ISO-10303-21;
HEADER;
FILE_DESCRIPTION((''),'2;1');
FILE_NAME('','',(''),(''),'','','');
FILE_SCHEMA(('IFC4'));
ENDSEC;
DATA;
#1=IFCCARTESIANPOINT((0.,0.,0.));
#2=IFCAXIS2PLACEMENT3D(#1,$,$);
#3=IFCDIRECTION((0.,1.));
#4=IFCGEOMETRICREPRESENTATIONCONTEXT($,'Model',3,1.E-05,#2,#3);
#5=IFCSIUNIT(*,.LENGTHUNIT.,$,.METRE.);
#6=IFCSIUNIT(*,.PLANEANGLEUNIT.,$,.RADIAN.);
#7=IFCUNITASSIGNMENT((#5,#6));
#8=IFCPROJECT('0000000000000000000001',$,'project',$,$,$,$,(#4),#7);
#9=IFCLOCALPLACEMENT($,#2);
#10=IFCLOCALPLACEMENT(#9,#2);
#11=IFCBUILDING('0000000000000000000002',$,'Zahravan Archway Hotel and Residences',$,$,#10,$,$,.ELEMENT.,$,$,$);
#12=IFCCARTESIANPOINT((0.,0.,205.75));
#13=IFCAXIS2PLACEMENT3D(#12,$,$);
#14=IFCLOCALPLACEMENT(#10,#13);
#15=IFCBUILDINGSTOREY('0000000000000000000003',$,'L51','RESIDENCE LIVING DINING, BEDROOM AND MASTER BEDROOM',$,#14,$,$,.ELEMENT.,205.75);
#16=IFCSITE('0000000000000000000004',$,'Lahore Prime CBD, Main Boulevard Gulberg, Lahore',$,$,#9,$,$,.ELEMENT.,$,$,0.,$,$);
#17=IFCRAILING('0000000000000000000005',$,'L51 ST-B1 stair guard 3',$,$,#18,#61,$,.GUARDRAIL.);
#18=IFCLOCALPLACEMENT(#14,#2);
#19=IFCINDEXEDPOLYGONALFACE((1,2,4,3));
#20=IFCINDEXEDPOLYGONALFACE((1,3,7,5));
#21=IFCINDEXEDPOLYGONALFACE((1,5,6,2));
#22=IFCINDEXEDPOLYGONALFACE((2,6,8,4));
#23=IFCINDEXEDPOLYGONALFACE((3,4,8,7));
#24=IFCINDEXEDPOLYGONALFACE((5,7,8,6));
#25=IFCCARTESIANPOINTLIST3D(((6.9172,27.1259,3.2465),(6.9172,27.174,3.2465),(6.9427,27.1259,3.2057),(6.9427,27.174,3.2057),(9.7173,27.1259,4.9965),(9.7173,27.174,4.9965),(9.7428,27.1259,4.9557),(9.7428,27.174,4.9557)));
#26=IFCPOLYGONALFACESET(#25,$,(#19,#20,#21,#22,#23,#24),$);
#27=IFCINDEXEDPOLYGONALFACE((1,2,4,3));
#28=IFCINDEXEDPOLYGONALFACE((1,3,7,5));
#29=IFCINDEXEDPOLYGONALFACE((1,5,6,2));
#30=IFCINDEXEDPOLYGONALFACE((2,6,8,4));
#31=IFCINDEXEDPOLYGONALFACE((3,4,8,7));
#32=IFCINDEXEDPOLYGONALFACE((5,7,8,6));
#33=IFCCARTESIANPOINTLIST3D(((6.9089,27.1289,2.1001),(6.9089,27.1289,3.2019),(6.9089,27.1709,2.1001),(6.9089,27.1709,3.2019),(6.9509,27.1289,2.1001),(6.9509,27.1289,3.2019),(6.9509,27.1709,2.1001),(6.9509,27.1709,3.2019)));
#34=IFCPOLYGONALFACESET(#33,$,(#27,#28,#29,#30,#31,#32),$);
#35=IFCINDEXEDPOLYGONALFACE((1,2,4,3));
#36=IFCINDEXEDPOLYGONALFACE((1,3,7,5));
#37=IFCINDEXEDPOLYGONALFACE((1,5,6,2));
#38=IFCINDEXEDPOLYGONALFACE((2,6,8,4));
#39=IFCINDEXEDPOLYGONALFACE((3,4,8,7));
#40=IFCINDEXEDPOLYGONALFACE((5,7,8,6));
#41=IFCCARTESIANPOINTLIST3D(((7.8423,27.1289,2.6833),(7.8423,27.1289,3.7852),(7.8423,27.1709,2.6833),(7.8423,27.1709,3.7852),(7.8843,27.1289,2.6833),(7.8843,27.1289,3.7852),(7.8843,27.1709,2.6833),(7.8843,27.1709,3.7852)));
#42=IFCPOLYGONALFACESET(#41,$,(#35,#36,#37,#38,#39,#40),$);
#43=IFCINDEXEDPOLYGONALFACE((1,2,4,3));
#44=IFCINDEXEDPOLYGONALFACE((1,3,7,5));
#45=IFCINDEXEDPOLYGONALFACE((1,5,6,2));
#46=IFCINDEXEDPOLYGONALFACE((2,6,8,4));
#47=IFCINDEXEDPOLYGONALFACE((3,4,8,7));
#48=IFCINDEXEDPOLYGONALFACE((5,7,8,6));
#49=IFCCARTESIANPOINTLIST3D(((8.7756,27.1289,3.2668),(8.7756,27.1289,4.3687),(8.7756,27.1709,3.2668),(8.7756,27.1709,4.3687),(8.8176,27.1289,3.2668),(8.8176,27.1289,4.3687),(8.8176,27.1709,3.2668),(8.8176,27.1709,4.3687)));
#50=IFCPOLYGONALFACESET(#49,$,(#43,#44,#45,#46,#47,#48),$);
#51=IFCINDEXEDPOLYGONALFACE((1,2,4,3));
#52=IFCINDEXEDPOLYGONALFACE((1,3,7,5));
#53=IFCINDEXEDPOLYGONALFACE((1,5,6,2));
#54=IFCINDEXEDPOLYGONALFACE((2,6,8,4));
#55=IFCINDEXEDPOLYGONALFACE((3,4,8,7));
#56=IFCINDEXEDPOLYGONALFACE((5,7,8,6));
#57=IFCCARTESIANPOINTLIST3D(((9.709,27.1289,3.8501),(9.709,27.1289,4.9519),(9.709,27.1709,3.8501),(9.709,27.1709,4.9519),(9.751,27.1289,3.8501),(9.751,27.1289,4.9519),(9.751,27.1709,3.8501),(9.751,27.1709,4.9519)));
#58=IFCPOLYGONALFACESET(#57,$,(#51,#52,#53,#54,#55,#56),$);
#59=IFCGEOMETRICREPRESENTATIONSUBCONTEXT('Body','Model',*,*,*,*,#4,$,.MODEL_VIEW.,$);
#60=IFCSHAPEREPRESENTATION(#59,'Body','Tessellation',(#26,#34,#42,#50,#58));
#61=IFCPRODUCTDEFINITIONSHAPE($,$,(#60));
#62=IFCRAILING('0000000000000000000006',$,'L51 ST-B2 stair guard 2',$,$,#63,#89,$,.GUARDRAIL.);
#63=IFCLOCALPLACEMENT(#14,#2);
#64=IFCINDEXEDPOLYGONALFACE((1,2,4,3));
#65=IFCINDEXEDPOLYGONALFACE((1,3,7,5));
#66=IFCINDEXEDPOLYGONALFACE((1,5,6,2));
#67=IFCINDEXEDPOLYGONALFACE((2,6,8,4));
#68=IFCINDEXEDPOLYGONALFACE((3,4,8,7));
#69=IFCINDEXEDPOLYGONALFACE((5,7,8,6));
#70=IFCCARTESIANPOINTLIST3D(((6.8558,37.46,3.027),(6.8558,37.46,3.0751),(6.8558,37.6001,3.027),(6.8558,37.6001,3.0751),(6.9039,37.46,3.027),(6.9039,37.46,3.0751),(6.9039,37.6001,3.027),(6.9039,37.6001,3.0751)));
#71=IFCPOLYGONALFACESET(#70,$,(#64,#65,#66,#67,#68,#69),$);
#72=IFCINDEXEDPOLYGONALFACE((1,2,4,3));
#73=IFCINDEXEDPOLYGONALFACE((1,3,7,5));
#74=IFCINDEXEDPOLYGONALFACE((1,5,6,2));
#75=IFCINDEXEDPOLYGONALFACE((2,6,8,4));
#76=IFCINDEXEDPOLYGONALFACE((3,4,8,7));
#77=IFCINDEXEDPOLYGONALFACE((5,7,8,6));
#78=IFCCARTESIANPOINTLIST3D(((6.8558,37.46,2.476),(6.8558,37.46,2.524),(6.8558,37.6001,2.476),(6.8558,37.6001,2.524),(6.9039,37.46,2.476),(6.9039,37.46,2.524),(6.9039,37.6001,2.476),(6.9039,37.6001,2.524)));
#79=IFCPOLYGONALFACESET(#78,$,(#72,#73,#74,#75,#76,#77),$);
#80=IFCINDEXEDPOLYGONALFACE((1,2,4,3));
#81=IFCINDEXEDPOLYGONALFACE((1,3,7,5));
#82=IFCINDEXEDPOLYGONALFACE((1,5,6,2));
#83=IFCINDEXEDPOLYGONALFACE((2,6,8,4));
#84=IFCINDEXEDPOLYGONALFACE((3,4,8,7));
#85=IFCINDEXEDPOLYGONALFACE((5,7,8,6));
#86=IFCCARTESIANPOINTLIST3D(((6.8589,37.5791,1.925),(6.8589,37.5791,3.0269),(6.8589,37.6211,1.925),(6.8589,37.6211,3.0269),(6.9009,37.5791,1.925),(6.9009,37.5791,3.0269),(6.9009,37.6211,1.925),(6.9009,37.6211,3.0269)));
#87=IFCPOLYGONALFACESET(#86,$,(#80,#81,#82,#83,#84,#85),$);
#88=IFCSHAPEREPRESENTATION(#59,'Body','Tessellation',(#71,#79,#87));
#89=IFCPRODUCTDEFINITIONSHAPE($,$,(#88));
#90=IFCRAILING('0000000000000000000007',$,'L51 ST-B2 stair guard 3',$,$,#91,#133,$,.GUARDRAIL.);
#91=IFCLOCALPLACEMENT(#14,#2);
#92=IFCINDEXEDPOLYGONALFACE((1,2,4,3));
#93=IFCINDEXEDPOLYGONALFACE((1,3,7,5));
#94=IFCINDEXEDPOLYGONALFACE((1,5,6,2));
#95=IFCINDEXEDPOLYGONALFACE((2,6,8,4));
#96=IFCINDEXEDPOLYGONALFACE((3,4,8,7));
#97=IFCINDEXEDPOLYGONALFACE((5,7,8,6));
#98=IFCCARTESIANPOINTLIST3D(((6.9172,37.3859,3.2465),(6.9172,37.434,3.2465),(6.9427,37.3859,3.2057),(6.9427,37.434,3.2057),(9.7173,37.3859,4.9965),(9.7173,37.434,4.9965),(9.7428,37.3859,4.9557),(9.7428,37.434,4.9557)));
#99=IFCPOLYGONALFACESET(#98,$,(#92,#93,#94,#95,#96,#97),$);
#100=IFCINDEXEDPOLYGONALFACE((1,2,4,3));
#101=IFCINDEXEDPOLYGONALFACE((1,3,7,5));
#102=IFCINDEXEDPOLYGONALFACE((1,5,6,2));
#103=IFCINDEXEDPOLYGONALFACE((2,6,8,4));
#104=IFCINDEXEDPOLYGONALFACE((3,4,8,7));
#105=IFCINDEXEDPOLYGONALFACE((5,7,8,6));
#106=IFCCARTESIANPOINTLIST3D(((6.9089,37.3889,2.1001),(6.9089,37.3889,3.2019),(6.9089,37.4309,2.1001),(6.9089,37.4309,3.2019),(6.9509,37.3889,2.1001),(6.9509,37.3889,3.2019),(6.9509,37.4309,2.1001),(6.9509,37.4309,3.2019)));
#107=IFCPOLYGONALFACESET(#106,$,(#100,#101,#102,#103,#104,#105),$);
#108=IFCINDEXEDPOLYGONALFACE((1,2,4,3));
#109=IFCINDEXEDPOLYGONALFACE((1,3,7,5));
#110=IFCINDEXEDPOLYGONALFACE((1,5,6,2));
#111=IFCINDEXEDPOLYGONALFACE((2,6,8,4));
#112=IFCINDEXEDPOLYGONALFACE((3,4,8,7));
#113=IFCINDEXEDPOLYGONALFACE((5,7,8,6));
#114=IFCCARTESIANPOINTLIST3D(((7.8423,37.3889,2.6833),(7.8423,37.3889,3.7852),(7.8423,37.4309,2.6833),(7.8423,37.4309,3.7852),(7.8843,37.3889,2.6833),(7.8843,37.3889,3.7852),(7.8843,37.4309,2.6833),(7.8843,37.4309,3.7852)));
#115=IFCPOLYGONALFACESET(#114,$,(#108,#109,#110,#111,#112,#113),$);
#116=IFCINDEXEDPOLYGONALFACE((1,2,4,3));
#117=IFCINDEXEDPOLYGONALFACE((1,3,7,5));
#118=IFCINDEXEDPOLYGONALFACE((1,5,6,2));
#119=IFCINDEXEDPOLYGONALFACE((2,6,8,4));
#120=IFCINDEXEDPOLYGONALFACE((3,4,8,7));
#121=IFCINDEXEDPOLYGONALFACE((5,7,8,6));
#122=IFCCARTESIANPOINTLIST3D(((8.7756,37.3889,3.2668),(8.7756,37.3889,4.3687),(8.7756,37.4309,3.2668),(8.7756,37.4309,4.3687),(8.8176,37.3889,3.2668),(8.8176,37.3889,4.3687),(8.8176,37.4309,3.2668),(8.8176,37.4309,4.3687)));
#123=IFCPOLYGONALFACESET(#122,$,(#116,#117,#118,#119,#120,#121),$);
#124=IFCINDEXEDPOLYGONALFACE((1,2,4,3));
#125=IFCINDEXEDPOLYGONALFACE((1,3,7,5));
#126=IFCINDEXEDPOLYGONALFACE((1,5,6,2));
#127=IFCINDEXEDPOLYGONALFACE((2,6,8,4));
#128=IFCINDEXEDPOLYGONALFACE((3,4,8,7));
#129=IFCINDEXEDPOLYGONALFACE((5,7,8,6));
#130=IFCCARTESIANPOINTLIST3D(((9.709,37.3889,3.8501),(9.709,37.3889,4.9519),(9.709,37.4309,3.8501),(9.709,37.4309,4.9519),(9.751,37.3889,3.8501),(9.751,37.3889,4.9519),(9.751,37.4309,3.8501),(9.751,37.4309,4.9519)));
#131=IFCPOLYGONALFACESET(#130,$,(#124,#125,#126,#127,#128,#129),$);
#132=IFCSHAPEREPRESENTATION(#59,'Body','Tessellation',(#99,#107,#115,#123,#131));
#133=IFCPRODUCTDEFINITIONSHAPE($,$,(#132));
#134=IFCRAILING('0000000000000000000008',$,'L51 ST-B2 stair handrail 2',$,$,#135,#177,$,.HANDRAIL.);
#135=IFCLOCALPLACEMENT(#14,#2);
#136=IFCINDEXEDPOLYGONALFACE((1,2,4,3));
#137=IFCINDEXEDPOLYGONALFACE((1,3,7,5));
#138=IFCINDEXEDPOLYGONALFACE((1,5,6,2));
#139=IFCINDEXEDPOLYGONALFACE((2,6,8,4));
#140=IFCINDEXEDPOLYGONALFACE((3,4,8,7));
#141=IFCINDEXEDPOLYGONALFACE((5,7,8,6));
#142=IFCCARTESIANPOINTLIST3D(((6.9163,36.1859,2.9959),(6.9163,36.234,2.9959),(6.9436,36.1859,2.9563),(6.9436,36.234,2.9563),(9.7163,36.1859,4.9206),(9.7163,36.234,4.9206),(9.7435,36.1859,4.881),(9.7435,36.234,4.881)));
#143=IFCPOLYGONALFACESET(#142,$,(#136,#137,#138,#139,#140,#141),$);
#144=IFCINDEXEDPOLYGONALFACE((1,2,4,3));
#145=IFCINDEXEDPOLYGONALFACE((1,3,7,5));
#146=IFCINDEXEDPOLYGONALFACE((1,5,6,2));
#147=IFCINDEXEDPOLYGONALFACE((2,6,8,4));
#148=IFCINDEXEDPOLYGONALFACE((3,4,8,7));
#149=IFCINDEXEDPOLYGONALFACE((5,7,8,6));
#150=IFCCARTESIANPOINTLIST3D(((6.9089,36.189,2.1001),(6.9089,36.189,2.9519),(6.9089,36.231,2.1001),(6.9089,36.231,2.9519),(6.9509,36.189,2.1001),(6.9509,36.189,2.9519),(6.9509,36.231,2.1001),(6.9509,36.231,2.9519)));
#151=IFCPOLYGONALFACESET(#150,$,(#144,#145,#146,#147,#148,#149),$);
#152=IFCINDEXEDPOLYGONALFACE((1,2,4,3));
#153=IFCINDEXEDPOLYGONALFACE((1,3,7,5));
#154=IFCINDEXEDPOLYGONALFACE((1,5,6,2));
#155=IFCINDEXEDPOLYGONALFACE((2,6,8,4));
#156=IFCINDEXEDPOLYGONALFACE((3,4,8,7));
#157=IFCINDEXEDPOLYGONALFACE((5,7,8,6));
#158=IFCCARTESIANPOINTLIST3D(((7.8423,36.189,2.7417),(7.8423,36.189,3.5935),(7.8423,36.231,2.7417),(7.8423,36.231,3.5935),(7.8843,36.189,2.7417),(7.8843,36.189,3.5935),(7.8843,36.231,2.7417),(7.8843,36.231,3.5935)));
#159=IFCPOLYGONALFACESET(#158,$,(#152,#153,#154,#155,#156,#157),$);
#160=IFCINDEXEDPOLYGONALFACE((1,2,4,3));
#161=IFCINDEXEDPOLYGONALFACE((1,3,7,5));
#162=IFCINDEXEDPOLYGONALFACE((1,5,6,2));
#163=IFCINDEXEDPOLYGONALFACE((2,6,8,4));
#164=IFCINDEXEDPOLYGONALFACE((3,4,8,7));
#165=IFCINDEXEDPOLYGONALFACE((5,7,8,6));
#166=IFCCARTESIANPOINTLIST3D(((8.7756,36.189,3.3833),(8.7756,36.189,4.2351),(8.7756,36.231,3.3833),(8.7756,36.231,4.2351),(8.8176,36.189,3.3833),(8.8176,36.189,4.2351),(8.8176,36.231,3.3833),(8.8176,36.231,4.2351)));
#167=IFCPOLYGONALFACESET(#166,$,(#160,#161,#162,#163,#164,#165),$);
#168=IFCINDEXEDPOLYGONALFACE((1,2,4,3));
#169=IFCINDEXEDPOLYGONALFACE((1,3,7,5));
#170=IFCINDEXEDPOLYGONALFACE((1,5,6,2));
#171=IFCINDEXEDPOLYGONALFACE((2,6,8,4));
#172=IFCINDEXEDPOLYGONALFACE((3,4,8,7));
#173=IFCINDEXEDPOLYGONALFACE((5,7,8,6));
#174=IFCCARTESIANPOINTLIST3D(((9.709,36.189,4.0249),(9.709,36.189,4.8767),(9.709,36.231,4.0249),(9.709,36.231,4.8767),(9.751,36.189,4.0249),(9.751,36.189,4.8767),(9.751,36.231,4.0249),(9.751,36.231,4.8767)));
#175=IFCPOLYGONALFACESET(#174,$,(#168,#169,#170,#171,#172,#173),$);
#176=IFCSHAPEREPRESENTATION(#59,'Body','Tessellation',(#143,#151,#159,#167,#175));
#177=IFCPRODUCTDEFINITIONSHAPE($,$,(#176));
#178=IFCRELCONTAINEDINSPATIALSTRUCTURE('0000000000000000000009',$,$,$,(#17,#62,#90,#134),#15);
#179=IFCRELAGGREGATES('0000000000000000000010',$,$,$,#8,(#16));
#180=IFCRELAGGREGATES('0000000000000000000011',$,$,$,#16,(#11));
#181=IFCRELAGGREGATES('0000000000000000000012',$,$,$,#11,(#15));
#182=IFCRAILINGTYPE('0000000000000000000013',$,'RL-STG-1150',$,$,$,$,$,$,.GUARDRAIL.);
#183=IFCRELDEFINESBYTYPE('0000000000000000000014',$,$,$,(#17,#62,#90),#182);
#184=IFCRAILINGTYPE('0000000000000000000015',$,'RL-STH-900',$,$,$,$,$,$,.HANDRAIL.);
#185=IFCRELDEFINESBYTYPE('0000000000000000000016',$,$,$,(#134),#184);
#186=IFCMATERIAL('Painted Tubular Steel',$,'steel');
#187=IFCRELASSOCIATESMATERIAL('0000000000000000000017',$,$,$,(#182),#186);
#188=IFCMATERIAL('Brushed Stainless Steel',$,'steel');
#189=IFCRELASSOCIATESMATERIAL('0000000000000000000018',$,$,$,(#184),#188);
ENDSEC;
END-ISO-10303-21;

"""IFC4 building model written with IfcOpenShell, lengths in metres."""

from ifc_helpers import new_model, si_unit, direction, frame, origin, origin_2d, place, context, subcontext, project, spatial, rectangle, extrude, material, type_object, element, save


model = new_model("IFC4")

# Units and contexts
model_context = context("Model", 3, precision=1e-05, world=origin(), true_north=direction((0.0, 1.0)))
body_context = subcontext(model_context, "Body", "Model", "MODEL_VIEW")
ifc_project = project(units=[si_unit("LENGTHUNIT", "METRE"), si_unit("PLANEANGLEUNIT", "RADIAN")], contexts=[model_context])

# Site, building, storey
site_placement = place(None, origin())
site = spatial("IfcSite", under=ifc_project, at=site_placement, Name="Lahore Prime CBD, Main Boulevard Gulberg, Lahore", CompositionType="ELEMENT", RefElevation=0.0)
building_placement = place(site_placement, origin())
building = spatial("IfcBuilding", under=site, at=building_placement, Name="Zahravan Archway Hotel and Residences", CompositionType="ELEMENT")
storey_placement = place(building_placement, frame((0.0, 0.0, 205.75)))
storey = spatial("IfcBuildingStorey", under=building, at=storey_placement, Name="L51", Description="RESIDENCE LIVING DINING, BEDROOM AND MASTER BEDROOM", CompositionType="ELEMENT", Elevation=205.75)

# Shared definitions
ifc_material_1 = material(Name="Brushed Stainless Steel", Category="steel")

# Railings
ifc_material_2 = material(Name="Painted Tubular Steel", Category="steel")
railing_type_1 = type_object("IfcRailingType", Name="RL-STG-1150", PredefinedType="GUARDRAIL", material=ifc_material_2)
railing_1_placement = place(storey_placement, frame((6.9299, 27.1499, 2.1001)))
element("IfcRailing", 1, at=railing_1_placement, inside=storey, type_object=railing_type_1, Name="L51 ST-B1 stair guard 3", PredefinedType="GUARDRAIL", context=body_context, shape_type="SweptSolid", body=[
    extrude(rectangle(XDim=0.0481, YDim=0.0481, at=origin_2d()), frame((0.0, 0.0, 1.126), z_axis=(0.848002, 0.0, 0.529992), x_axis=(0.0, 1.0, 0.0)), (0.0, 0.0, 1.0), 3.302),
    extrude(rectangle(XDim=0.042, YDim=0.042, at=origin_2d()), origin(), (0.0, 0.0, 1.0), 1.1018),
    extrude(rectangle(XDim=0.042, YDim=0.042, at=origin_2d()), frame((0.9333, 0.0, 0.5833)), (0.0, 0.0, 1.0), 1.1018),
    extrude(rectangle(XDim=0.042, YDim=0.042, at=origin_2d()), frame((1.8667, 0.0, 1.1667)), (0.0, 0.0, 1.0), 1.1018),
    extrude(rectangle(XDim=0.042, YDim=0.042, at=origin_2d()), frame((2.8, 0.0, 1.75)), (0.0, 0.0, 1.0), 1.1018),
])
railing_2_placement = place(storey_placement, frame((6.8799, 37.6001, 1.925)))
element("IfcRailing", 2, at=railing_2_placement, inside=storey, type_object=railing_type_1, Name="L51 ST-B2 stair guard 2", PredefinedType="GUARDRAIL", context=body_context, shape_type="SweptSolid", body=[
    extrude(rectangle(XDim=0.0481, YDim=0.0481, at=origin_2d()), frame((0.0, 0.0, 1.126), z_axis=(0.0, -1.0, 0.0), x_axis=(1.0, 0.0, 0.0)), (0.0, 0.0, 1.0), 0.1401),
    extrude(rectangle(XDim=0.0481, YDim=0.0481, at=origin_2d()), frame((0.0, 0.0, 0.575), z_axis=(0.0, -1.0, 0.0), x_axis=(1.0, 0.0, 0.0)), (0.0, 0.0, 1.0), 0.1401),
    extrude(rectangle(XDim=0.042, YDim=0.042, at=origin_2d()), origin(), (0.0, 0.0, 1.0), 1.1018),
])
railing_3_placement = place(storey_placement, frame((6.9299, 37.4099, 2.1001)))
element("IfcRailing", 3, at=railing_3_placement, inside=storey, type_object=railing_type_1, Name="L51 ST-B2 stair guard 3", PredefinedType="GUARDRAIL", context=body_context, shape_type="SweptSolid", body=[
    extrude(rectangle(XDim=0.0481, YDim=0.0481, at=origin_2d()), frame((0.0, 0.0, 1.126), z_axis=(0.848002, 0.0, 0.529992), x_axis=(0.0, 1.0, 0.0)), (0.0, 0.0, 1.0), 3.302),
    extrude(rectangle(XDim=0.042, YDim=0.042, at=origin_2d()), origin(), (0.0, 0.0, 1.0), 1.1018),
    extrude(rectangle(XDim=0.042, YDim=0.042, at=origin_2d()), frame((0.9333, 0.0, 0.5833)), (0.0, 0.0, 1.0), 1.1018),
    extrude(rectangle(XDim=0.042, YDim=0.042, at=origin_2d()), frame((1.8667, 0.0, 1.1667)), (0.0, 0.0, 1.0), 1.1018),
    extrude(rectangle(XDim=0.042, YDim=0.042, at=origin_2d()), frame((2.8, 0.0, 1.75)), (0.0, 0.0, 1.0), 1.1018),
])
railing_type_2 = type_object("IfcRailingType", Name="RL-STH-900", PredefinedType="HANDRAIL", material=ifc_material_1)
railing_4_placement = place(storey_placement, frame((6.9299, 36.21, 2.1001)))
element("IfcRailing", 4, at=railing_4_placement, inside=storey, type_object=railing_type_2, Name="L51 ST-B2 stair handrail 2", PredefinedType="HANDRAIL", context=body_context, shape_type="SweptSolid", body=[
    extrude(rectangle(XDim=0.0481, YDim=0.0481, at=origin_2d()), frame((0.0, 0.0, 0.876), z_axis=(0.824073, 0.0, 0.566483), x_axis=(0.0, 1.0, 0.0)), (0.0, 0.0, 1.0), 3.3977),
    extrude(rectangle(XDim=0.042, YDim=0.042, at=origin_2d()), origin(), (0.0, 0.0, 1.0), 0.8518),
    extrude(rectangle(XDim=0.042, YDim=0.042, at=origin_2d()), frame((0.9333, 0.0, 0.6416)), (0.0, 0.0, 1.0), 0.8518),
    extrude(rectangle(XDim=0.042, YDim=0.042, at=origin_2d()), frame((1.8667, 0.0, 1.2832)), (0.0, 0.0, 1.0), 0.8518),
    extrude(rectangle(XDim=0.042, YDim=0.042, at=origin_2d()), frame((2.8, 0.0, 1.9248)), (0.0, 0.0, 1.0), 0.8518),
])

save(model, "model.ifc")
